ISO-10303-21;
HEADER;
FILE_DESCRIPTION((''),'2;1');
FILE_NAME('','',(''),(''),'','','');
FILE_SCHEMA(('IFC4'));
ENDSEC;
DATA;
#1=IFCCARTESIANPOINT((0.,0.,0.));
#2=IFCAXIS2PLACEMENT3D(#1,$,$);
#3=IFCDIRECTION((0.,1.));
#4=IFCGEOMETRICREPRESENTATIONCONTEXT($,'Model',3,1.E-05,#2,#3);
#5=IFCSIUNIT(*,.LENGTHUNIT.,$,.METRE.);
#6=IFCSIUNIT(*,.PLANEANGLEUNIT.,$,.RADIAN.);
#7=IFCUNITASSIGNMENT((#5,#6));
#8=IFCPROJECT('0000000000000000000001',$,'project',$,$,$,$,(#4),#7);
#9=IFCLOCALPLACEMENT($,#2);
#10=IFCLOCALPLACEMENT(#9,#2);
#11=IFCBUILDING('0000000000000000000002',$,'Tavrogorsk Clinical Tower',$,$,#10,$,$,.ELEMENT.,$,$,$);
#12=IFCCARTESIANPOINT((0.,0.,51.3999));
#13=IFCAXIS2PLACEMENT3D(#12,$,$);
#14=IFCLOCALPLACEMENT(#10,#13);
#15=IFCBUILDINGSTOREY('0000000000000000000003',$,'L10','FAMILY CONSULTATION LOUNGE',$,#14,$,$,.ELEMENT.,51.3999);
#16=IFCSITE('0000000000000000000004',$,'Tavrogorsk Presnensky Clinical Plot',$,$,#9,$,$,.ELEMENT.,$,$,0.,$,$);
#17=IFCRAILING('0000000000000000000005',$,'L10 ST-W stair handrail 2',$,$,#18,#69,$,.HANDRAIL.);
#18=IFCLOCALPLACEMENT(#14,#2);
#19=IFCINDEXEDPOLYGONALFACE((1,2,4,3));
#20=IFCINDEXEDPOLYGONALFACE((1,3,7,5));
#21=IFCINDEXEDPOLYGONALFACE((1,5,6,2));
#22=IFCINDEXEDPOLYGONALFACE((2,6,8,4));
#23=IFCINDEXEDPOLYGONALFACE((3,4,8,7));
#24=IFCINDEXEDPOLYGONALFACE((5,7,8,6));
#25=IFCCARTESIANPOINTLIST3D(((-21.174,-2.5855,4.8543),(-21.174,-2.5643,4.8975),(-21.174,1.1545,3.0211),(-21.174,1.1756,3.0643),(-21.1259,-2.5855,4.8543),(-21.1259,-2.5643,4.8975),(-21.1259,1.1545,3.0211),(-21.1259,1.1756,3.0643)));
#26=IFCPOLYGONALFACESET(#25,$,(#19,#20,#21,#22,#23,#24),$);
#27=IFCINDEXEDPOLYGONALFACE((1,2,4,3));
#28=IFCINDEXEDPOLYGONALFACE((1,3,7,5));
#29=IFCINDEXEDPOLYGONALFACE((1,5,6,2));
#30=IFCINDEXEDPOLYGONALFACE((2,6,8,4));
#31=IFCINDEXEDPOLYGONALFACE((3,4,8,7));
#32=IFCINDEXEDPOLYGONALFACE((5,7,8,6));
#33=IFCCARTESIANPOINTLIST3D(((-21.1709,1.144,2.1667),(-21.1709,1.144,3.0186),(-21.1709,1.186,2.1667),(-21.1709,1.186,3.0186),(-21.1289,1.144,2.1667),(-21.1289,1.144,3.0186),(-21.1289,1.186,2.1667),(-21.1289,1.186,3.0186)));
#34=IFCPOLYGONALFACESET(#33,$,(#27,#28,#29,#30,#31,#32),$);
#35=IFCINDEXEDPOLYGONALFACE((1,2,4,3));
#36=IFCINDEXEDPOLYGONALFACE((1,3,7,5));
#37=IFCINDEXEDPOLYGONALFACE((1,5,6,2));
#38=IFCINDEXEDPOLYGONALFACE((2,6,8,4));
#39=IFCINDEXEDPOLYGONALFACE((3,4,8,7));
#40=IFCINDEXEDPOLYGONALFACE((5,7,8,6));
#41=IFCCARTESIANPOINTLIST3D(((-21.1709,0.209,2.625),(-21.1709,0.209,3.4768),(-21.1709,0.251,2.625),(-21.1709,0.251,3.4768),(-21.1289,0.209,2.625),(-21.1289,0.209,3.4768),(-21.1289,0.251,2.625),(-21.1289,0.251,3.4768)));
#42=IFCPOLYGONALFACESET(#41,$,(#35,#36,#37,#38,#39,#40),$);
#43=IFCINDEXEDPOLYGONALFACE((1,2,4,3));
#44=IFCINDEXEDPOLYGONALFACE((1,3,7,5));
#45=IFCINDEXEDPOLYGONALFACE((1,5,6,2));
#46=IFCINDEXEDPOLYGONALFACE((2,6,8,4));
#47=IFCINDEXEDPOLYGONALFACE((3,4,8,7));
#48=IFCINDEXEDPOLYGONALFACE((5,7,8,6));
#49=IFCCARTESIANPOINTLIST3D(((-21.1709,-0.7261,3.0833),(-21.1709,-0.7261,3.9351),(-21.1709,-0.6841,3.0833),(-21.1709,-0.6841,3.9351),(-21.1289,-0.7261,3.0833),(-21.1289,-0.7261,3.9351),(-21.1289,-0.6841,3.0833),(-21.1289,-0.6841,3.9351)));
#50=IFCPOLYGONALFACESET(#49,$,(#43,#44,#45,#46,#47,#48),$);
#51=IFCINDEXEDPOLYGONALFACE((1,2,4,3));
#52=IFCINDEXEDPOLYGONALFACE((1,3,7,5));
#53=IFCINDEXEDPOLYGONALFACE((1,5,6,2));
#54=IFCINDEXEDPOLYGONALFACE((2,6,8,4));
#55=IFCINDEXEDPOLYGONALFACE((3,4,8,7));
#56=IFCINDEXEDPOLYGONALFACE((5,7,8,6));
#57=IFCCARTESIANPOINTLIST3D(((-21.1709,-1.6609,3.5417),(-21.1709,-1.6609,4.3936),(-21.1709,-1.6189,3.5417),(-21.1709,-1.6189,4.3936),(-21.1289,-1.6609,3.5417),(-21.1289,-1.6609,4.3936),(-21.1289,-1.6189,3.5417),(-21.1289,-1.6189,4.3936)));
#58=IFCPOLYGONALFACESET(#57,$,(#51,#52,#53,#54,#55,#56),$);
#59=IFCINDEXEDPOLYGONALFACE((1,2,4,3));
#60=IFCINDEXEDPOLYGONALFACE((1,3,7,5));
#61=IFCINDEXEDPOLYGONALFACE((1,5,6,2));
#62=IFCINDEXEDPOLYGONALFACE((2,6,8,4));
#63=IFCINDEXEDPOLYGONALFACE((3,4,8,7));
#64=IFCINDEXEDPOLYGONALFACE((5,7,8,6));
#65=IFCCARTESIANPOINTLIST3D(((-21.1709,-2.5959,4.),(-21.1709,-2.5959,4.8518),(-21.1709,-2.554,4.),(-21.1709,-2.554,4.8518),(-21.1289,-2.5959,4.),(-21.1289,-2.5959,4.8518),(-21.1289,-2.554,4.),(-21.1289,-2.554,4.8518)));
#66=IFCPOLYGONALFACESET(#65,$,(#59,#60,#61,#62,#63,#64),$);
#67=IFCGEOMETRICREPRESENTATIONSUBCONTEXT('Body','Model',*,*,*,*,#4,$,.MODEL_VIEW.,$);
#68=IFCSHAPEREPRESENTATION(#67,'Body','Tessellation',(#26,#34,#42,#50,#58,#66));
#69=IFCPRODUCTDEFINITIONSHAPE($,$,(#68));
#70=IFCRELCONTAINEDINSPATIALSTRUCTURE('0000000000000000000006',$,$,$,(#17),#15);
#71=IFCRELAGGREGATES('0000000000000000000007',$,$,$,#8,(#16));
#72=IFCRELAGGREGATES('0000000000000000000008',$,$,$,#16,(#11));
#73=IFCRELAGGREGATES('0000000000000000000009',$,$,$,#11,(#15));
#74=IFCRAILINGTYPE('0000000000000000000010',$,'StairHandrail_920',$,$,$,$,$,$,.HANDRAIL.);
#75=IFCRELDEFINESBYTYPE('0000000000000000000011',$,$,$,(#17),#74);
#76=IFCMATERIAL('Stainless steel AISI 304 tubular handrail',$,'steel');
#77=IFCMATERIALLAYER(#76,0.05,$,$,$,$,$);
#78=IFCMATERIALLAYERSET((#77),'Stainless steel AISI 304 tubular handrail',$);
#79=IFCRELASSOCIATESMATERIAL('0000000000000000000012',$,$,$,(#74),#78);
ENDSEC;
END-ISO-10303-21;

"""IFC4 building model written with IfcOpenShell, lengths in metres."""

from ifc_helpers import new_model, si_unit, direction, frame, origin, origin_2d, place, context, subcontext, project, spatial, rectangle, extrude, material, layer, layer_set, type_object, element, save


model = new_model("IFC4")

# Units and contexts
model_context = context("Model", 3, precision=1e-05, world=origin(), true_north=direction((0.0, 1.0)))
body_context = subcontext(model_context, "Body", "Model", "MODEL_VIEW")
ifc_project = project(units=[si_unit("LENGTHUNIT", "METRE"), si_unit("PLANEANGLEUNIT", "RADIAN")], contexts=[model_context])

# Site, building, storey
site_placement = place(None, origin())
site = spatial("IfcSite", under=ifc_project, at=site_placement, Name="Tavrogorsk Presnensky Clinical Plot", CompositionType="ELEMENT", RefElevation=0.0)
building_placement = place(site_placement, origin())
building = spatial("IfcBuilding", under=site, at=building_placement, Name="Tavrogorsk Clinical Tower", CompositionType="ELEMENT")
storey_placement = place(building_placement, frame((0.0, 0.0, 51.3999)))
storey = spatial("IfcBuildingStorey", under=building, at=storey_placement, Name="L10", Description="FAMILY CONSULTATION LOUNGE", CompositionType="ELEMENT", Elevation=51.3999)

# Railing
ifc_material_1 = material(Name="Stainless steel AISI 304 tubular handrail", Category="steel")
ifc_layer_1 = layer(ifc_material_1, 0.05)
ifc_layer_set_1 = layer_set([ifc_layer_1], Name="Stainless steel AISI 304 tubular handrail")
railing_type_1 = type_object("IfcRailingType", Name="StairHandrail_920", PredefinedType="HANDRAIL", material=ifc_layer_set_1)
railing_1_placement = place(storey_placement, frame((-21.1499, 1.165, 2.1667)))
element("IfcRailing", 1, at=railing_1_placement, inside=storey, type_object=railing_type_1, Name="L10 ST-W stair handrail 2", PredefinedType="HANDRAIL", context=body_context, shape_type="SweptSolid", body=[
    extrude(rectangle(XDim=0.0481, YDim=0.0481, at=origin_2d()), frame((0.0, 0.0, 0.876), z_axis=(0.0, -0.897928, 0.440142), x_axis=(1.0, 0.0, 0.0)), (0.0, 0.0, 1.0), 4.165),
    extrude(rectangle(XDim=0.042, YDim=0.042, at=origin_2d()), origin(), (0.0, 0.0, 1.0), 0.8518),
    extrude(rectangle(XDim=0.042, YDim=0.042, at=origin_2d()), frame((0.0, -0.9351, 0.4583)), (0.0, 0.0, 1.0), 0.8518),
    extrude(rectangle(XDim=0.042, YDim=0.042, at=origin_2d()), frame((0.0, -1.8701, 0.9165)), (0.0, 0.0, 1.0), 0.8518),
    extrude(rectangle(XDim=0.042, YDim=0.042, at=origin_2d()), frame((0.0, -2.8049, 1.375)), (0.0, 0.0, 1.0), 0.8518),
    extrude(rectangle(XDim=0.042, YDim=0.042, at=origin_2d()), frame((0.0, -3.74, 1.8333)), (0.0, 0.0, 1.0), 0.8518),
])

save(model, "model.ifc")
